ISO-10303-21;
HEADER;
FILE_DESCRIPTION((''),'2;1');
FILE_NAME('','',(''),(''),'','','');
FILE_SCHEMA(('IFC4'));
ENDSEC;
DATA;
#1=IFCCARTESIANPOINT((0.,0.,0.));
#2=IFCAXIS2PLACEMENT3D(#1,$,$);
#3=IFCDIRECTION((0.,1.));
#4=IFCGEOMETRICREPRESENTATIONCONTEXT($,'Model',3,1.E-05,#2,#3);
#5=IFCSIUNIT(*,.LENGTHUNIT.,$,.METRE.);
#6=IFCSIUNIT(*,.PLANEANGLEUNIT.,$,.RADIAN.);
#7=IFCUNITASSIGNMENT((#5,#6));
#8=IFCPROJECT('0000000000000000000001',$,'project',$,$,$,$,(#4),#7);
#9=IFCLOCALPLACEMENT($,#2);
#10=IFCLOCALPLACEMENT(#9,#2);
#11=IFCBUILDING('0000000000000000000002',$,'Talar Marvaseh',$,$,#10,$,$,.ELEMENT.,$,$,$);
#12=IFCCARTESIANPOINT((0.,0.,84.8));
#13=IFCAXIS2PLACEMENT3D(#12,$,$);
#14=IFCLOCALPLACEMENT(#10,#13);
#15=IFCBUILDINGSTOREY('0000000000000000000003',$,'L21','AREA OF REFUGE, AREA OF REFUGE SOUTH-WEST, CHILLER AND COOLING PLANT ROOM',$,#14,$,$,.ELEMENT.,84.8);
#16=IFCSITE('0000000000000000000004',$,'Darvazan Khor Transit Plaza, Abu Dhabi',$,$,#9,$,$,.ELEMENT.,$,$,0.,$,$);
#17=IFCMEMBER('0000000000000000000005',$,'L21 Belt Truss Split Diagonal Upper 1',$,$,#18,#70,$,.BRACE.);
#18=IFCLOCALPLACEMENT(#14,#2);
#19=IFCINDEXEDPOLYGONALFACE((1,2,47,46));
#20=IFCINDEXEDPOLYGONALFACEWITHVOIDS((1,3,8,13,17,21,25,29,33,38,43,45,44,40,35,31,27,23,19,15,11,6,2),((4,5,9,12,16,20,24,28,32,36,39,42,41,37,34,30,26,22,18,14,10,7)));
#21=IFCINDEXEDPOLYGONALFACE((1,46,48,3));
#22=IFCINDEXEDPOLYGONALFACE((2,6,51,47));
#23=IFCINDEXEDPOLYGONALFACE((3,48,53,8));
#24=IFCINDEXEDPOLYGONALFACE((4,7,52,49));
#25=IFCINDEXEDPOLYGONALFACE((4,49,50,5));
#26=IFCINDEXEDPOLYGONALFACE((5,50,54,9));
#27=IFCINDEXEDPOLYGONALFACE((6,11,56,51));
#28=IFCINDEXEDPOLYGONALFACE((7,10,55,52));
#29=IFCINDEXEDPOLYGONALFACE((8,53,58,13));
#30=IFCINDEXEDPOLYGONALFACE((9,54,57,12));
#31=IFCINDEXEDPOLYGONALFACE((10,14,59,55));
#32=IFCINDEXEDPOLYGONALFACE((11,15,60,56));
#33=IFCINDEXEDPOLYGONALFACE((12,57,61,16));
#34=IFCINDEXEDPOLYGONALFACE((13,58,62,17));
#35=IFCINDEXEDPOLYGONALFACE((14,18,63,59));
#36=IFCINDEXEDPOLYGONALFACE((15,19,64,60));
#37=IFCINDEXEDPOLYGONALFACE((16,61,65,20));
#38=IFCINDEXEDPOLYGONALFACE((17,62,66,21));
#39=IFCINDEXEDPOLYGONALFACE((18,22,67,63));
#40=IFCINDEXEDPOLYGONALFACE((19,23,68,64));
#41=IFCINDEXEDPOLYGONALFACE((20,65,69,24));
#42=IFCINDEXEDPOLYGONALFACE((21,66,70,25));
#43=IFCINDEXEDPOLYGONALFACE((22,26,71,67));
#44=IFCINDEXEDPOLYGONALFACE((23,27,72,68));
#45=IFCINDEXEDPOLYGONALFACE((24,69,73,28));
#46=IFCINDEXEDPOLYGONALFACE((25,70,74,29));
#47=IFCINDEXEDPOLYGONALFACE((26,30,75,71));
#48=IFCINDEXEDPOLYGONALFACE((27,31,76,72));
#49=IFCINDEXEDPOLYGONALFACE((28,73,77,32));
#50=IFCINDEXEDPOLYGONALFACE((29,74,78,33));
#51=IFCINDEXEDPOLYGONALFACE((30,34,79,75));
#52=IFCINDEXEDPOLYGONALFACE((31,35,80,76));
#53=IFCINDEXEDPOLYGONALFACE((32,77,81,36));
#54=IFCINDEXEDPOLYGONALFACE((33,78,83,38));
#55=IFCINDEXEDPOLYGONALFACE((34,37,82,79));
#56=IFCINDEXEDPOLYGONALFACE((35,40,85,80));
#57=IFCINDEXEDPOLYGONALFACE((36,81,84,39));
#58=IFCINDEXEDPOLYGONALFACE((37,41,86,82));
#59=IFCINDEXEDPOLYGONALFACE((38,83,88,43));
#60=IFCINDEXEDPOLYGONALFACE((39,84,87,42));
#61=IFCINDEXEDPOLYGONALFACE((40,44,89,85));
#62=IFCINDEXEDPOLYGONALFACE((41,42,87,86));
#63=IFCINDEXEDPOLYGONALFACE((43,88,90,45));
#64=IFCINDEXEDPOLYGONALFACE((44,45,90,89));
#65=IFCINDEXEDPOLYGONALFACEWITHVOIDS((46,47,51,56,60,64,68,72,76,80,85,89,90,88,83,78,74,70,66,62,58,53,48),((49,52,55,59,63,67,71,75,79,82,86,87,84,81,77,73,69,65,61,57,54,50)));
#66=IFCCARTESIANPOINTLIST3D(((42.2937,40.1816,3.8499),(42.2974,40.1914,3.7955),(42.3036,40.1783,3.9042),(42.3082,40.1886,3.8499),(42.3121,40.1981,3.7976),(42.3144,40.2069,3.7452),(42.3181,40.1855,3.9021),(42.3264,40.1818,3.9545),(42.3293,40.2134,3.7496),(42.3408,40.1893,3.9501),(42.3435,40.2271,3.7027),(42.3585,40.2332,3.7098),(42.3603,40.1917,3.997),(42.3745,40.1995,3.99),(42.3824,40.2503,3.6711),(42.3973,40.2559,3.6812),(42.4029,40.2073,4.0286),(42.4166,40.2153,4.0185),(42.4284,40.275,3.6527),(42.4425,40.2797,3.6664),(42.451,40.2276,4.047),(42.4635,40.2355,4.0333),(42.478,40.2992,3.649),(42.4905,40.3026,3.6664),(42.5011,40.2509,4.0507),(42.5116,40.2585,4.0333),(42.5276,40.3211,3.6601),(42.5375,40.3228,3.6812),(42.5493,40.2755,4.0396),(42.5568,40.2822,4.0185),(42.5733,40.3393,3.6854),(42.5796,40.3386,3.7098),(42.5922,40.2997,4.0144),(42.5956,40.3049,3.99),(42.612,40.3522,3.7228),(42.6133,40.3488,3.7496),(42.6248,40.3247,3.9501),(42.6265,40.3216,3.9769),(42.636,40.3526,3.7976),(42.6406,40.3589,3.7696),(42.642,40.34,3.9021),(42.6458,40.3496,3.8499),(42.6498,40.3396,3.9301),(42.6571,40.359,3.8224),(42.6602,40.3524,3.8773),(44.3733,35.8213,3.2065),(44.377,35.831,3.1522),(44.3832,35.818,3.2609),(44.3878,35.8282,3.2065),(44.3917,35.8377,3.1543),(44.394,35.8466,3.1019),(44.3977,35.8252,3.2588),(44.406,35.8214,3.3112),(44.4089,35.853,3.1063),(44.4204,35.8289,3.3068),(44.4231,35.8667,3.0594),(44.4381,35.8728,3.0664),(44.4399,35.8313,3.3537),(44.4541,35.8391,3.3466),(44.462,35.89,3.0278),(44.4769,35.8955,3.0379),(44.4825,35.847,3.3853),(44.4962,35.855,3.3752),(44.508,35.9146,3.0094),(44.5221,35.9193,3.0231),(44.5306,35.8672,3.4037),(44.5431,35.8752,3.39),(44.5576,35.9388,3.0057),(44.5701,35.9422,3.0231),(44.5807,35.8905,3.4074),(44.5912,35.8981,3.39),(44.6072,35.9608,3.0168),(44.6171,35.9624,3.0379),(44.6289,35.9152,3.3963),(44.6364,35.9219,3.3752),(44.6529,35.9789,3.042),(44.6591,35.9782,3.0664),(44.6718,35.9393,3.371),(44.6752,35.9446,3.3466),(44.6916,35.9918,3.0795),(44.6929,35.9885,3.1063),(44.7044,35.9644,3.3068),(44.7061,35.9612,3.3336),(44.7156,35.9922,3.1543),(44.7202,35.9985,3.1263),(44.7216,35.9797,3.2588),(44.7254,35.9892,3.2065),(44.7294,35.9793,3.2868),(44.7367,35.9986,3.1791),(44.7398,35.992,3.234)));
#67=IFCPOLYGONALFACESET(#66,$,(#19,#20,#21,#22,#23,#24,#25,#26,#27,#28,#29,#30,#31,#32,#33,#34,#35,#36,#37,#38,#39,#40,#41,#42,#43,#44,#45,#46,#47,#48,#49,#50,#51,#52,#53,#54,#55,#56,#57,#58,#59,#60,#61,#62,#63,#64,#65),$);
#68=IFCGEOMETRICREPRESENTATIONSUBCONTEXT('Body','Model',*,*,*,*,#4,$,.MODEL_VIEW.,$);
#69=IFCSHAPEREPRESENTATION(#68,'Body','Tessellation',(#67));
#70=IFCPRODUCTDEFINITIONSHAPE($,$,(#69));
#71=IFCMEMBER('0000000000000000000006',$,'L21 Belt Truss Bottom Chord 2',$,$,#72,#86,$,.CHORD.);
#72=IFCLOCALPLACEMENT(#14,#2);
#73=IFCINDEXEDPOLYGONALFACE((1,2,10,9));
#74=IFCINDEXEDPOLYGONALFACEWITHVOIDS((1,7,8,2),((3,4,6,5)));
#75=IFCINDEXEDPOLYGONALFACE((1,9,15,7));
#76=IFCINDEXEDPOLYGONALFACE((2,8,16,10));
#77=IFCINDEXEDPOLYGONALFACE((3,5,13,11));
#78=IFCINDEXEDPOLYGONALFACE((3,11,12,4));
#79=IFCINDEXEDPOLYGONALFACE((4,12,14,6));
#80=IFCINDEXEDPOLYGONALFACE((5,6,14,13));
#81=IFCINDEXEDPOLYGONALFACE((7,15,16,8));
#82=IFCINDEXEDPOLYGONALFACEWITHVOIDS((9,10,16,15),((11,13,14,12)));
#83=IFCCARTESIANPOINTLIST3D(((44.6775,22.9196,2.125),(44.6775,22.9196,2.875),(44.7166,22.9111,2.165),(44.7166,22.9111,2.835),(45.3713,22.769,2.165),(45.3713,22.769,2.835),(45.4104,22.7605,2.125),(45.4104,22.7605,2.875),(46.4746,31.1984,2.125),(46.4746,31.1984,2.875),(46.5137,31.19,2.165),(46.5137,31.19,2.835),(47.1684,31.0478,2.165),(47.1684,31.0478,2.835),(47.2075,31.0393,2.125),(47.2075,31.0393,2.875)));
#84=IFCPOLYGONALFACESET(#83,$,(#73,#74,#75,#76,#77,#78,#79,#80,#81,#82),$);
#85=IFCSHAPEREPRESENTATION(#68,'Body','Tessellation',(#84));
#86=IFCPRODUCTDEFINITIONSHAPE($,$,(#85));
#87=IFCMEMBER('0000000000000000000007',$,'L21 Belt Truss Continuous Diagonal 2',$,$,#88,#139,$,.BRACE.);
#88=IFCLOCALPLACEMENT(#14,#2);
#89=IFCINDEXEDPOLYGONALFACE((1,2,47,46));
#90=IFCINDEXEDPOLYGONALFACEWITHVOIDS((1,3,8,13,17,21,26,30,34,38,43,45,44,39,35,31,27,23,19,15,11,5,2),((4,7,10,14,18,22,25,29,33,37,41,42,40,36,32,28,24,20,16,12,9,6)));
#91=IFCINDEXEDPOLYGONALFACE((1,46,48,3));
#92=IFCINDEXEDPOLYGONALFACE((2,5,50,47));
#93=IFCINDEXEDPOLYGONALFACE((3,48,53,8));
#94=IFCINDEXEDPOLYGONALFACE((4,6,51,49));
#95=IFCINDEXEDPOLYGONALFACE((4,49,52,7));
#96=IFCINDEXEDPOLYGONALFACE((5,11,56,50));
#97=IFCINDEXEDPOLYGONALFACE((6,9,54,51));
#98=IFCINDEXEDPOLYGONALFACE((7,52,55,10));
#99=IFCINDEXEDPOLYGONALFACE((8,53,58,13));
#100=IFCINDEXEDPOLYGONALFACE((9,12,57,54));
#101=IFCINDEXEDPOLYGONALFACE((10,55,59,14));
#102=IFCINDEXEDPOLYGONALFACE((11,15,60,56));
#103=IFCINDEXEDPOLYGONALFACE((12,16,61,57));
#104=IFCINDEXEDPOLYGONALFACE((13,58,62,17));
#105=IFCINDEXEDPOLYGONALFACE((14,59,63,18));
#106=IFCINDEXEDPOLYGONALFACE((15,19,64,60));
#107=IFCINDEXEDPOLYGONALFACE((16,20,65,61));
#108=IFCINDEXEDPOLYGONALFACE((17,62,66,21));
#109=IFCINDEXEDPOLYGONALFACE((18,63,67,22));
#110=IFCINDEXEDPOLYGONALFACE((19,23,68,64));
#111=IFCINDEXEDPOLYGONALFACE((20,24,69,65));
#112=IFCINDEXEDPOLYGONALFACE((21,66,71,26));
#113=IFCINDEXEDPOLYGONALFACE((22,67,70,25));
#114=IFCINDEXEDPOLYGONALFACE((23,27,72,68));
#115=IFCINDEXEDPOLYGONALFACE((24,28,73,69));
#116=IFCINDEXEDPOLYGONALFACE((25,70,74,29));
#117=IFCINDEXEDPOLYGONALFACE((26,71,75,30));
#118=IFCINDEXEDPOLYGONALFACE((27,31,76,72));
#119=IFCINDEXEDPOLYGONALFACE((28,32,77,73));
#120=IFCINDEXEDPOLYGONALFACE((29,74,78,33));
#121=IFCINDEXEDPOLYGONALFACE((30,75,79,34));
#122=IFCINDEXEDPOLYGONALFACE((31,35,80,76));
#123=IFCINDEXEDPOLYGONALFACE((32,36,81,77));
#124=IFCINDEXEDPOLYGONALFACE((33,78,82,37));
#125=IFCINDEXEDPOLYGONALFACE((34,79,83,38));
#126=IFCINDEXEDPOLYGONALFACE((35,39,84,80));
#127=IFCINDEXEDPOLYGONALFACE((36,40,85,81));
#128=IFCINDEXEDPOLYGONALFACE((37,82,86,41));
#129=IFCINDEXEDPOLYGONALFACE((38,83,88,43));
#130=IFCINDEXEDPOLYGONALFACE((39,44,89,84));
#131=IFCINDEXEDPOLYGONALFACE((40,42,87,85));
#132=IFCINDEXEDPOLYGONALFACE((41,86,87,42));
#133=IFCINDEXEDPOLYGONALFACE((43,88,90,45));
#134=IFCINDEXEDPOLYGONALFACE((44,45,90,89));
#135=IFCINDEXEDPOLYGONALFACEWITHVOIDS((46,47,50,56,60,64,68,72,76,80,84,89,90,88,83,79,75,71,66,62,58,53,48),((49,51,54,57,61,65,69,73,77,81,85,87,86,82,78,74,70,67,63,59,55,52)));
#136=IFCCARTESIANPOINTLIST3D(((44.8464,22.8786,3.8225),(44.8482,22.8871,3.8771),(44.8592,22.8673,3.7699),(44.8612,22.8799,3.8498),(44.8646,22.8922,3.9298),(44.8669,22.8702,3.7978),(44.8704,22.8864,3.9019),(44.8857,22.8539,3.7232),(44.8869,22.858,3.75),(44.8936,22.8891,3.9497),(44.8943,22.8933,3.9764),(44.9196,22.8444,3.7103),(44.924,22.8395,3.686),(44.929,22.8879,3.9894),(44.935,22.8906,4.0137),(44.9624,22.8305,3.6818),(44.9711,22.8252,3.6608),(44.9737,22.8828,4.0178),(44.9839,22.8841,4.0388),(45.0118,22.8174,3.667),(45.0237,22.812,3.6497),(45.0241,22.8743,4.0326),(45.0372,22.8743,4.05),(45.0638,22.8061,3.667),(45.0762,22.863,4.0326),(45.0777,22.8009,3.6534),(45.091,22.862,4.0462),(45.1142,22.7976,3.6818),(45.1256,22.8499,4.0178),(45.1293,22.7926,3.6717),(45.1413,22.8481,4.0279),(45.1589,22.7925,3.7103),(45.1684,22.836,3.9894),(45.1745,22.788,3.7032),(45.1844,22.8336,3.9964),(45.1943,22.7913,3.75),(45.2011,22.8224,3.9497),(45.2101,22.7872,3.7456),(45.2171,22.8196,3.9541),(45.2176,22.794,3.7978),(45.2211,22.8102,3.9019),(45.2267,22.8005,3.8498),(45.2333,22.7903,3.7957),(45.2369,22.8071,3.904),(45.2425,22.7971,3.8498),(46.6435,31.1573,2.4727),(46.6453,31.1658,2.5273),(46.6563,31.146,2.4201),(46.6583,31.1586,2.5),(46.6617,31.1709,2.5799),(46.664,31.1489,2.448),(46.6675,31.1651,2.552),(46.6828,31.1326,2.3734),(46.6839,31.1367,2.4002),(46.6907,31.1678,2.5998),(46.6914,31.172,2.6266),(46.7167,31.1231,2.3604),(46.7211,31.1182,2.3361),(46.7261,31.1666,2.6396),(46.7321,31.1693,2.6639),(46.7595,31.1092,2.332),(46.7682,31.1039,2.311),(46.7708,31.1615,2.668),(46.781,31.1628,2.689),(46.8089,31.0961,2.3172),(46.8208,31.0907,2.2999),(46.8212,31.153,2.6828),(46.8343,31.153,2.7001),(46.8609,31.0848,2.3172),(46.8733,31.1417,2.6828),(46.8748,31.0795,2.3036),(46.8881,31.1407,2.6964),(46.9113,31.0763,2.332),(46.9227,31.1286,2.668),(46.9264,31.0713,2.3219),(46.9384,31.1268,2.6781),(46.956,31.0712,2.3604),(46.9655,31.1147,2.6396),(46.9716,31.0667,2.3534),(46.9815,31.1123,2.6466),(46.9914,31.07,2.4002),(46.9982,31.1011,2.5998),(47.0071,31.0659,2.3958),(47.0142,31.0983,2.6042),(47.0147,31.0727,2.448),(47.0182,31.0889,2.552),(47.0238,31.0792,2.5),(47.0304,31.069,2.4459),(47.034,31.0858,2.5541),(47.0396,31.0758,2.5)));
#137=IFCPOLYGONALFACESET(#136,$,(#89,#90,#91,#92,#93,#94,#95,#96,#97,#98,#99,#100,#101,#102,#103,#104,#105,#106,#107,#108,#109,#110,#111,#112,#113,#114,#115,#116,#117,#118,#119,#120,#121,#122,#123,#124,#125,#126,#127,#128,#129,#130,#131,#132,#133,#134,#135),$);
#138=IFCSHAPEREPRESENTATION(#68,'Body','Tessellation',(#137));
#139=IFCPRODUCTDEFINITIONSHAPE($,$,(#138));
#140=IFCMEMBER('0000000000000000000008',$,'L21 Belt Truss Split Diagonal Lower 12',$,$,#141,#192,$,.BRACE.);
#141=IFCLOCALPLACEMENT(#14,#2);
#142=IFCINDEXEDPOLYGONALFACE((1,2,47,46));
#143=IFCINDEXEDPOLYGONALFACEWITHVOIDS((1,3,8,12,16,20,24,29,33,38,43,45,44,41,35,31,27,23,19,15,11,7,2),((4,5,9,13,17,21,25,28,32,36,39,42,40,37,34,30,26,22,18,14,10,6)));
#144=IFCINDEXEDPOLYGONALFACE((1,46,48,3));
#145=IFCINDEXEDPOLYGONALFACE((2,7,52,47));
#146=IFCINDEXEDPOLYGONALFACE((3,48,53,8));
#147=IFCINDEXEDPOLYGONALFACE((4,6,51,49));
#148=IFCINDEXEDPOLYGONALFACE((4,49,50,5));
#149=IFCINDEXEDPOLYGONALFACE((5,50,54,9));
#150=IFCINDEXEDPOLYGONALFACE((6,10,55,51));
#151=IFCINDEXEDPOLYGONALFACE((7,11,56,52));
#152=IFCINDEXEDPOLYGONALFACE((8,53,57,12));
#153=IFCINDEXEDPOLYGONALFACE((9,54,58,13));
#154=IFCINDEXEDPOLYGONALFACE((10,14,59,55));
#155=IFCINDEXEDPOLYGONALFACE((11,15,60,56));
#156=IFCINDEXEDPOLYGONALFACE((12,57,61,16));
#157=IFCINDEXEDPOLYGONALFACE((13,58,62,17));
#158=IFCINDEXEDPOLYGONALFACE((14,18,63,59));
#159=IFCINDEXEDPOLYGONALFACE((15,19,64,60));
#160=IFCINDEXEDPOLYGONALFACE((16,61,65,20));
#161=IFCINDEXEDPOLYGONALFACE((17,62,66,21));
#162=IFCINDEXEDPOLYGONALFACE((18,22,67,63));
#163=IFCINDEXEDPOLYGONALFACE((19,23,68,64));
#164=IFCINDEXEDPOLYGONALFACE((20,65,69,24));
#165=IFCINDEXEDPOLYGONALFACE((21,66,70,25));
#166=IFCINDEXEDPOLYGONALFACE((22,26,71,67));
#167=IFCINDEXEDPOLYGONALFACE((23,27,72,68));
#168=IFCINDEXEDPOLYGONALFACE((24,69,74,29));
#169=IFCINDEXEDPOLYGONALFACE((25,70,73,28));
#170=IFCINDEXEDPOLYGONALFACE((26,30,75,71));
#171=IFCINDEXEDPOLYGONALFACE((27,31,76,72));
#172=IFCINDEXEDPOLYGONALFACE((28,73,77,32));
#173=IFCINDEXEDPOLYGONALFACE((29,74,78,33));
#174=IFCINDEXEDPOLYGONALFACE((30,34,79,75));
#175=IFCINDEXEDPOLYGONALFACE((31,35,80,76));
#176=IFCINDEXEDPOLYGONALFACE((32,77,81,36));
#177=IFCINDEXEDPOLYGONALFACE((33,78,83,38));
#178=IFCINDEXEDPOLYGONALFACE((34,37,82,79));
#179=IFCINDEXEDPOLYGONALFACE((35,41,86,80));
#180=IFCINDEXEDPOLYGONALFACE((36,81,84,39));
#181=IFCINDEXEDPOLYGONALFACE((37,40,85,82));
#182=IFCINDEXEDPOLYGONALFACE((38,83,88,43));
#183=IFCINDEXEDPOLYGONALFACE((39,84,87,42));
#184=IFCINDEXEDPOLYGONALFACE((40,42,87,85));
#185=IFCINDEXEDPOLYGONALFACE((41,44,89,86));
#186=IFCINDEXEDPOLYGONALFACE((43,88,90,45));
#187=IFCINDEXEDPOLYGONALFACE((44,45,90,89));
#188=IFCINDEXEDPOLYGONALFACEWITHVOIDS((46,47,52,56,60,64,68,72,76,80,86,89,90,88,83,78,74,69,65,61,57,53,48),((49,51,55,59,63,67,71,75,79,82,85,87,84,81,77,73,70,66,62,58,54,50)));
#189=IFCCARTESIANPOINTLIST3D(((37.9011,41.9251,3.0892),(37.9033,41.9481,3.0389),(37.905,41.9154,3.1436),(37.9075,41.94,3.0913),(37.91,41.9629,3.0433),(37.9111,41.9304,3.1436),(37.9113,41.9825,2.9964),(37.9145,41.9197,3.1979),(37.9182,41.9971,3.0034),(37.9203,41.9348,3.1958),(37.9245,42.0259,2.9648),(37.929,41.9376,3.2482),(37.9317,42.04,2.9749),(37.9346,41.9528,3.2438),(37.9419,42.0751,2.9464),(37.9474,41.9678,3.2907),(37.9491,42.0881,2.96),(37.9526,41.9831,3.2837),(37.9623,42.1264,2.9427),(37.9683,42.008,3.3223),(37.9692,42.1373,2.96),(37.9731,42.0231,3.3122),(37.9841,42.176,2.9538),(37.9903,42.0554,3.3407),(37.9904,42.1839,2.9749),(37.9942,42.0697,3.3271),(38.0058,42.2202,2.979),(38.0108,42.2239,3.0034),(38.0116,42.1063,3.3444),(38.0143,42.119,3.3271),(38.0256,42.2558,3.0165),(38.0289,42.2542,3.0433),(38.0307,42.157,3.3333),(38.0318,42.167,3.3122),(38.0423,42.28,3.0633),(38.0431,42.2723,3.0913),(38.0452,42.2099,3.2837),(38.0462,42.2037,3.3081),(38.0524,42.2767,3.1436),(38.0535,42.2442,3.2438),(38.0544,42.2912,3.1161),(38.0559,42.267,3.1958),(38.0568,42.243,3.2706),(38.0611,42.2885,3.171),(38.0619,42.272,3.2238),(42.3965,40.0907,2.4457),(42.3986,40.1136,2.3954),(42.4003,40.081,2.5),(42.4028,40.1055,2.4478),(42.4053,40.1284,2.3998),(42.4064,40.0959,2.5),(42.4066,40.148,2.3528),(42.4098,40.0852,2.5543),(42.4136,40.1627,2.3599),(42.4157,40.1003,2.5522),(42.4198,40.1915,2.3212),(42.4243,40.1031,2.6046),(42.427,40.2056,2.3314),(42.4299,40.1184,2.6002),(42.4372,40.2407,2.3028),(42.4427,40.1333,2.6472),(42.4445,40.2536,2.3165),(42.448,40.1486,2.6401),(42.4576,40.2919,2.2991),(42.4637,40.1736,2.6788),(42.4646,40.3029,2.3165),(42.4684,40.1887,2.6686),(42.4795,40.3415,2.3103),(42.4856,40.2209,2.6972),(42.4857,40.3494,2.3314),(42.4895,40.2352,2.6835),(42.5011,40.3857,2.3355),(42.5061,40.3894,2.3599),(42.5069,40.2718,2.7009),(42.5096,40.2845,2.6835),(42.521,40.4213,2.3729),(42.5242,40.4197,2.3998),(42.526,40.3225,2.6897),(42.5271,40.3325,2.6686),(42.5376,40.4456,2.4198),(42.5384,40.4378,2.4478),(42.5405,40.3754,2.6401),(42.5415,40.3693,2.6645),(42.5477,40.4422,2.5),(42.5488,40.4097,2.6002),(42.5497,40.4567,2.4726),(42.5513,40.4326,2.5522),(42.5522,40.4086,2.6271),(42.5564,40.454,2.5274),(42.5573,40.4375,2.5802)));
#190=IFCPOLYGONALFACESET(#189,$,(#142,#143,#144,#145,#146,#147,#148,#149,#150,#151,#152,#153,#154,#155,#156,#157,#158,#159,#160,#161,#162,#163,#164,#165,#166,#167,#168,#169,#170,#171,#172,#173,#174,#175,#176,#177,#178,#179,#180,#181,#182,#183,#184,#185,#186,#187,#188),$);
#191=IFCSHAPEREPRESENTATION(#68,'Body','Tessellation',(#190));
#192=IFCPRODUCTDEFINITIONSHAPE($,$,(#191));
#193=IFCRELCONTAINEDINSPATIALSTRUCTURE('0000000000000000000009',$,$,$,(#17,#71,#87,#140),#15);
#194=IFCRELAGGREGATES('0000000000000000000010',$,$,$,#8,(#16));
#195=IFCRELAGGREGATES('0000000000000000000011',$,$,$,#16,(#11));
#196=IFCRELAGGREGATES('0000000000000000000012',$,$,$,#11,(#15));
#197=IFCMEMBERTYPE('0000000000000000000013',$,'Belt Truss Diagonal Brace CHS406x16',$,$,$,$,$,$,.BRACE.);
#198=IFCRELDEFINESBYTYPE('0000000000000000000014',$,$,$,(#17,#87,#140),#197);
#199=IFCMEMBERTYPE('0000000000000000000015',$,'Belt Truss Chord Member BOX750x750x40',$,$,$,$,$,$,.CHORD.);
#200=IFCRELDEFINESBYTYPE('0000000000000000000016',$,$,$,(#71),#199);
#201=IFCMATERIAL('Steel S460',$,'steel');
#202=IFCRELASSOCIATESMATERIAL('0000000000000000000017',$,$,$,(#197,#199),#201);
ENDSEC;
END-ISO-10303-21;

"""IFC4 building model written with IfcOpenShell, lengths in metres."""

from ifc_helpers import new_model, si_unit, direction, frame, origin, origin_2d, place, context, subcontext, project, spatial, hollow_rectangle, hollow_circle, extrude, source, transform, mapped, material, material_profile, profile_set, type_object, type_shapes, element, save


model = new_model("IFC4")

# Units and contexts
model_context = context("Model", 3, precision=1e-05, world=origin(), true_north=direction((0.0, 1.0)))
body_context = subcontext(model_context, "Body", "Model", "MODEL_VIEW")
ifc_project = project(units=[si_unit("LENGTHUNIT", "METRE"), si_unit("PLANEANGLEUNIT", "RADIAN")], contexts=[model_context])

# Site, building, storey
site_placement = place(None, origin())
site = spatial("IfcSite", under=ifc_project, at=site_placement, Name="Darvazan Khor Transit Plaza, Abu Dhabi", CompositionType="ELEMENT", RefElevation=0.0)
building_placement = place(site_placement, origin())
building = spatial("IfcBuilding", under=site, at=building_placement, Name="Talar Marvaseh", CompositionType="ELEMENT")
storey_placement = place(building_placement, frame((0.0, 0.0, 84.8)))
storey = spatial("IfcBuildingStorey", under=building, at=storey_placement, Name="L21", Description="AREA OF REFUGE, AREA OF REFUGE SOUTH-WEST, CHILLER AND COOLING PLANT ROOM", CompositionType="ELEMENT", Elevation=84.8)

# Members
ifc_material_1 = material(Name="Steel S460", Category="steel")
ifc_material_profile_1 = material_profile(ifc_material_1, hollow_circle(Radius=0.2031, WallThickness=0.0161, at=origin_2d()), Name="CHS406x16")
ifc_profile_set_1 = profile_set([ifc_material_profile_1], Name="Steel S460")
member_type_1 = type_object("IfcMemberType", Name="Belt Truss Diagonal Brace CHS406x16", PredefinedType="BRACE", material=ifc_profile_set_1)
shared_shape_1 = source(origin(), body_context, "Body", "SweptSolid", [
    extrude(hollow_circle(Radius=0.2031, WallThickness=0.0161, at=origin_2d()), origin(), (0.0, 0.0, 1.0), 4.8735),
])
for number, where, z_axis, x_axis, name in (
    (1, (44.5566, 35.9087, 3.2065), (-0.426712, 0.894703, 0.132001), (-0.902601, -0.430479, 0.0), "L21 Belt Truss Split Diagonal Upper 1"),
):
    element("IfcMember", number, at=place(storey_placement, frame(where, z_axis=z_axis, x_axis=x_axis)), inside=storey, type_object=member_type_1, Name=name, PredefinedType="BRACE", context=body_context, shape_type="MappedRepresentation", body=[
        mapped(shared_shape_1, transform((0.0, 0.0, 0.0), x_axis=(1.0, 0.0, 0.0), y_axis=(0.0, 1.0, 0.0), z_axis=(0.0, 0.0, 1.0), scale=1.0)),
    ])
ifc_material_profile_2 = material_profile(ifc_material_1, hollow_rectangle(XDim=0.75, YDim=0.75, WallThickness=0.04, at=origin_2d()), Name="BOX750x750x40")
ifc_profile_set_2 = profile_set([ifc_material_profile_2], Name="Steel S460")
member_type_2 = type_object("IfcMemberType", Name="Belt Truss Chord Member BOX750x750x40", PredefinedType="CHORD", material=ifc_profile_set_2)
shared_shape_2 = source(origin(), body_context, "Body", "SweptSolid", [
    extrude(hollow_rectangle(XDim=0.75, YDim=0.75, WallThickness=0.04, at=origin_2d()), origin(), (0.0, 0.0, 1.0), 8.4717),
])
type_shapes(member_type_2, [shared_shape_2])
member_1_placement = place(storey_placement, frame((46.8411, 31.1189, 2.5), z_axis=(-0.212134, -0.977241, 0.0), x_axis=(0.977241, -0.212134, 0.0)))
element("IfcMember", 2, at=member_1_placement, inside=storey, type_object=member_type_2, Name="L21 Belt Truss Bottom Chord 2", PredefinedType="CHORD", context=body_context, shape_type="MappedRepresentation", body=[
    mapped(shared_shape_2, transform((0.0, 0.0, 0.0), x_axis=(1.0, 0.0, 0.0), y_axis=(0.0, 1.0, 0.0), z_axis=(0.0, 0.0, 1.0), scale=1.0)),
])
shared_shape_3 = source(origin(), body_context, "Body", "SweptSolid", [
    extrude(hollow_circle(Radius=0.2031, WallThickness=0.0161, at=origin_2d()), origin(), (0.0, 0.0, 1.0), 8.5784),
])
member_2_placement = place(storey_placement, frame((46.8411, 31.1189, 2.5), z_axis=(-0.209491, -0.965066, 0.157353), x_axis=(0.977241, -0.212134, 0.0)))
element("IfcMember", 3, at=member_2_placement, inside=storey, type_object=member_type_1, Name="L21 Belt Truss Continuous Diagonal 2", PredefinedType="BRACE", context=body_context, shape_type="MappedRepresentation", body=[
    mapped(shared_shape_3, transform((0.0, 0.0, 0.0), x_axis=(1.0, 0.0, 0.0), y_axis=(0.0, 1.0, 0.0), z_axis=(0.0, 0.0, 1.0), scale=1.0)),
])
shared_shape_4 = source(origin(), body_context, "Body", "SweptSolid", [
    extrude(hollow_circle(Radius=0.2031, WallThickness=0.0161, at=origin_2d()), origin(), (0.0, 0.0, 1.0), 4.8977),
])
member_3_placement = place(storey_placement, frame((42.4771, 40.269, 2.5), z_axis=(-0.917847, 0.374556, 0.131399), x_axis=(-0.377832, -0.925874, 0.0)))
element("IfcMember", 4, at=member_3_placement, inside=storey, type_object=member_type_1, Name="L21 Belt Truss Split Diagonal Lower 12", PredefinedType="BRACE", context=body_context, shape_type="MappedRepresentation", body=[
    mapped(shared_shape_4, transform((0.0, 0.0, 0.0), x_axis=(1.0, 0.0, 0.0), y_axis=(0.0, 1.0, 0.0), z_axis=(0.0, 0.0, 1.0), scale=1.0)),
])

save(model, "model.ifc")
